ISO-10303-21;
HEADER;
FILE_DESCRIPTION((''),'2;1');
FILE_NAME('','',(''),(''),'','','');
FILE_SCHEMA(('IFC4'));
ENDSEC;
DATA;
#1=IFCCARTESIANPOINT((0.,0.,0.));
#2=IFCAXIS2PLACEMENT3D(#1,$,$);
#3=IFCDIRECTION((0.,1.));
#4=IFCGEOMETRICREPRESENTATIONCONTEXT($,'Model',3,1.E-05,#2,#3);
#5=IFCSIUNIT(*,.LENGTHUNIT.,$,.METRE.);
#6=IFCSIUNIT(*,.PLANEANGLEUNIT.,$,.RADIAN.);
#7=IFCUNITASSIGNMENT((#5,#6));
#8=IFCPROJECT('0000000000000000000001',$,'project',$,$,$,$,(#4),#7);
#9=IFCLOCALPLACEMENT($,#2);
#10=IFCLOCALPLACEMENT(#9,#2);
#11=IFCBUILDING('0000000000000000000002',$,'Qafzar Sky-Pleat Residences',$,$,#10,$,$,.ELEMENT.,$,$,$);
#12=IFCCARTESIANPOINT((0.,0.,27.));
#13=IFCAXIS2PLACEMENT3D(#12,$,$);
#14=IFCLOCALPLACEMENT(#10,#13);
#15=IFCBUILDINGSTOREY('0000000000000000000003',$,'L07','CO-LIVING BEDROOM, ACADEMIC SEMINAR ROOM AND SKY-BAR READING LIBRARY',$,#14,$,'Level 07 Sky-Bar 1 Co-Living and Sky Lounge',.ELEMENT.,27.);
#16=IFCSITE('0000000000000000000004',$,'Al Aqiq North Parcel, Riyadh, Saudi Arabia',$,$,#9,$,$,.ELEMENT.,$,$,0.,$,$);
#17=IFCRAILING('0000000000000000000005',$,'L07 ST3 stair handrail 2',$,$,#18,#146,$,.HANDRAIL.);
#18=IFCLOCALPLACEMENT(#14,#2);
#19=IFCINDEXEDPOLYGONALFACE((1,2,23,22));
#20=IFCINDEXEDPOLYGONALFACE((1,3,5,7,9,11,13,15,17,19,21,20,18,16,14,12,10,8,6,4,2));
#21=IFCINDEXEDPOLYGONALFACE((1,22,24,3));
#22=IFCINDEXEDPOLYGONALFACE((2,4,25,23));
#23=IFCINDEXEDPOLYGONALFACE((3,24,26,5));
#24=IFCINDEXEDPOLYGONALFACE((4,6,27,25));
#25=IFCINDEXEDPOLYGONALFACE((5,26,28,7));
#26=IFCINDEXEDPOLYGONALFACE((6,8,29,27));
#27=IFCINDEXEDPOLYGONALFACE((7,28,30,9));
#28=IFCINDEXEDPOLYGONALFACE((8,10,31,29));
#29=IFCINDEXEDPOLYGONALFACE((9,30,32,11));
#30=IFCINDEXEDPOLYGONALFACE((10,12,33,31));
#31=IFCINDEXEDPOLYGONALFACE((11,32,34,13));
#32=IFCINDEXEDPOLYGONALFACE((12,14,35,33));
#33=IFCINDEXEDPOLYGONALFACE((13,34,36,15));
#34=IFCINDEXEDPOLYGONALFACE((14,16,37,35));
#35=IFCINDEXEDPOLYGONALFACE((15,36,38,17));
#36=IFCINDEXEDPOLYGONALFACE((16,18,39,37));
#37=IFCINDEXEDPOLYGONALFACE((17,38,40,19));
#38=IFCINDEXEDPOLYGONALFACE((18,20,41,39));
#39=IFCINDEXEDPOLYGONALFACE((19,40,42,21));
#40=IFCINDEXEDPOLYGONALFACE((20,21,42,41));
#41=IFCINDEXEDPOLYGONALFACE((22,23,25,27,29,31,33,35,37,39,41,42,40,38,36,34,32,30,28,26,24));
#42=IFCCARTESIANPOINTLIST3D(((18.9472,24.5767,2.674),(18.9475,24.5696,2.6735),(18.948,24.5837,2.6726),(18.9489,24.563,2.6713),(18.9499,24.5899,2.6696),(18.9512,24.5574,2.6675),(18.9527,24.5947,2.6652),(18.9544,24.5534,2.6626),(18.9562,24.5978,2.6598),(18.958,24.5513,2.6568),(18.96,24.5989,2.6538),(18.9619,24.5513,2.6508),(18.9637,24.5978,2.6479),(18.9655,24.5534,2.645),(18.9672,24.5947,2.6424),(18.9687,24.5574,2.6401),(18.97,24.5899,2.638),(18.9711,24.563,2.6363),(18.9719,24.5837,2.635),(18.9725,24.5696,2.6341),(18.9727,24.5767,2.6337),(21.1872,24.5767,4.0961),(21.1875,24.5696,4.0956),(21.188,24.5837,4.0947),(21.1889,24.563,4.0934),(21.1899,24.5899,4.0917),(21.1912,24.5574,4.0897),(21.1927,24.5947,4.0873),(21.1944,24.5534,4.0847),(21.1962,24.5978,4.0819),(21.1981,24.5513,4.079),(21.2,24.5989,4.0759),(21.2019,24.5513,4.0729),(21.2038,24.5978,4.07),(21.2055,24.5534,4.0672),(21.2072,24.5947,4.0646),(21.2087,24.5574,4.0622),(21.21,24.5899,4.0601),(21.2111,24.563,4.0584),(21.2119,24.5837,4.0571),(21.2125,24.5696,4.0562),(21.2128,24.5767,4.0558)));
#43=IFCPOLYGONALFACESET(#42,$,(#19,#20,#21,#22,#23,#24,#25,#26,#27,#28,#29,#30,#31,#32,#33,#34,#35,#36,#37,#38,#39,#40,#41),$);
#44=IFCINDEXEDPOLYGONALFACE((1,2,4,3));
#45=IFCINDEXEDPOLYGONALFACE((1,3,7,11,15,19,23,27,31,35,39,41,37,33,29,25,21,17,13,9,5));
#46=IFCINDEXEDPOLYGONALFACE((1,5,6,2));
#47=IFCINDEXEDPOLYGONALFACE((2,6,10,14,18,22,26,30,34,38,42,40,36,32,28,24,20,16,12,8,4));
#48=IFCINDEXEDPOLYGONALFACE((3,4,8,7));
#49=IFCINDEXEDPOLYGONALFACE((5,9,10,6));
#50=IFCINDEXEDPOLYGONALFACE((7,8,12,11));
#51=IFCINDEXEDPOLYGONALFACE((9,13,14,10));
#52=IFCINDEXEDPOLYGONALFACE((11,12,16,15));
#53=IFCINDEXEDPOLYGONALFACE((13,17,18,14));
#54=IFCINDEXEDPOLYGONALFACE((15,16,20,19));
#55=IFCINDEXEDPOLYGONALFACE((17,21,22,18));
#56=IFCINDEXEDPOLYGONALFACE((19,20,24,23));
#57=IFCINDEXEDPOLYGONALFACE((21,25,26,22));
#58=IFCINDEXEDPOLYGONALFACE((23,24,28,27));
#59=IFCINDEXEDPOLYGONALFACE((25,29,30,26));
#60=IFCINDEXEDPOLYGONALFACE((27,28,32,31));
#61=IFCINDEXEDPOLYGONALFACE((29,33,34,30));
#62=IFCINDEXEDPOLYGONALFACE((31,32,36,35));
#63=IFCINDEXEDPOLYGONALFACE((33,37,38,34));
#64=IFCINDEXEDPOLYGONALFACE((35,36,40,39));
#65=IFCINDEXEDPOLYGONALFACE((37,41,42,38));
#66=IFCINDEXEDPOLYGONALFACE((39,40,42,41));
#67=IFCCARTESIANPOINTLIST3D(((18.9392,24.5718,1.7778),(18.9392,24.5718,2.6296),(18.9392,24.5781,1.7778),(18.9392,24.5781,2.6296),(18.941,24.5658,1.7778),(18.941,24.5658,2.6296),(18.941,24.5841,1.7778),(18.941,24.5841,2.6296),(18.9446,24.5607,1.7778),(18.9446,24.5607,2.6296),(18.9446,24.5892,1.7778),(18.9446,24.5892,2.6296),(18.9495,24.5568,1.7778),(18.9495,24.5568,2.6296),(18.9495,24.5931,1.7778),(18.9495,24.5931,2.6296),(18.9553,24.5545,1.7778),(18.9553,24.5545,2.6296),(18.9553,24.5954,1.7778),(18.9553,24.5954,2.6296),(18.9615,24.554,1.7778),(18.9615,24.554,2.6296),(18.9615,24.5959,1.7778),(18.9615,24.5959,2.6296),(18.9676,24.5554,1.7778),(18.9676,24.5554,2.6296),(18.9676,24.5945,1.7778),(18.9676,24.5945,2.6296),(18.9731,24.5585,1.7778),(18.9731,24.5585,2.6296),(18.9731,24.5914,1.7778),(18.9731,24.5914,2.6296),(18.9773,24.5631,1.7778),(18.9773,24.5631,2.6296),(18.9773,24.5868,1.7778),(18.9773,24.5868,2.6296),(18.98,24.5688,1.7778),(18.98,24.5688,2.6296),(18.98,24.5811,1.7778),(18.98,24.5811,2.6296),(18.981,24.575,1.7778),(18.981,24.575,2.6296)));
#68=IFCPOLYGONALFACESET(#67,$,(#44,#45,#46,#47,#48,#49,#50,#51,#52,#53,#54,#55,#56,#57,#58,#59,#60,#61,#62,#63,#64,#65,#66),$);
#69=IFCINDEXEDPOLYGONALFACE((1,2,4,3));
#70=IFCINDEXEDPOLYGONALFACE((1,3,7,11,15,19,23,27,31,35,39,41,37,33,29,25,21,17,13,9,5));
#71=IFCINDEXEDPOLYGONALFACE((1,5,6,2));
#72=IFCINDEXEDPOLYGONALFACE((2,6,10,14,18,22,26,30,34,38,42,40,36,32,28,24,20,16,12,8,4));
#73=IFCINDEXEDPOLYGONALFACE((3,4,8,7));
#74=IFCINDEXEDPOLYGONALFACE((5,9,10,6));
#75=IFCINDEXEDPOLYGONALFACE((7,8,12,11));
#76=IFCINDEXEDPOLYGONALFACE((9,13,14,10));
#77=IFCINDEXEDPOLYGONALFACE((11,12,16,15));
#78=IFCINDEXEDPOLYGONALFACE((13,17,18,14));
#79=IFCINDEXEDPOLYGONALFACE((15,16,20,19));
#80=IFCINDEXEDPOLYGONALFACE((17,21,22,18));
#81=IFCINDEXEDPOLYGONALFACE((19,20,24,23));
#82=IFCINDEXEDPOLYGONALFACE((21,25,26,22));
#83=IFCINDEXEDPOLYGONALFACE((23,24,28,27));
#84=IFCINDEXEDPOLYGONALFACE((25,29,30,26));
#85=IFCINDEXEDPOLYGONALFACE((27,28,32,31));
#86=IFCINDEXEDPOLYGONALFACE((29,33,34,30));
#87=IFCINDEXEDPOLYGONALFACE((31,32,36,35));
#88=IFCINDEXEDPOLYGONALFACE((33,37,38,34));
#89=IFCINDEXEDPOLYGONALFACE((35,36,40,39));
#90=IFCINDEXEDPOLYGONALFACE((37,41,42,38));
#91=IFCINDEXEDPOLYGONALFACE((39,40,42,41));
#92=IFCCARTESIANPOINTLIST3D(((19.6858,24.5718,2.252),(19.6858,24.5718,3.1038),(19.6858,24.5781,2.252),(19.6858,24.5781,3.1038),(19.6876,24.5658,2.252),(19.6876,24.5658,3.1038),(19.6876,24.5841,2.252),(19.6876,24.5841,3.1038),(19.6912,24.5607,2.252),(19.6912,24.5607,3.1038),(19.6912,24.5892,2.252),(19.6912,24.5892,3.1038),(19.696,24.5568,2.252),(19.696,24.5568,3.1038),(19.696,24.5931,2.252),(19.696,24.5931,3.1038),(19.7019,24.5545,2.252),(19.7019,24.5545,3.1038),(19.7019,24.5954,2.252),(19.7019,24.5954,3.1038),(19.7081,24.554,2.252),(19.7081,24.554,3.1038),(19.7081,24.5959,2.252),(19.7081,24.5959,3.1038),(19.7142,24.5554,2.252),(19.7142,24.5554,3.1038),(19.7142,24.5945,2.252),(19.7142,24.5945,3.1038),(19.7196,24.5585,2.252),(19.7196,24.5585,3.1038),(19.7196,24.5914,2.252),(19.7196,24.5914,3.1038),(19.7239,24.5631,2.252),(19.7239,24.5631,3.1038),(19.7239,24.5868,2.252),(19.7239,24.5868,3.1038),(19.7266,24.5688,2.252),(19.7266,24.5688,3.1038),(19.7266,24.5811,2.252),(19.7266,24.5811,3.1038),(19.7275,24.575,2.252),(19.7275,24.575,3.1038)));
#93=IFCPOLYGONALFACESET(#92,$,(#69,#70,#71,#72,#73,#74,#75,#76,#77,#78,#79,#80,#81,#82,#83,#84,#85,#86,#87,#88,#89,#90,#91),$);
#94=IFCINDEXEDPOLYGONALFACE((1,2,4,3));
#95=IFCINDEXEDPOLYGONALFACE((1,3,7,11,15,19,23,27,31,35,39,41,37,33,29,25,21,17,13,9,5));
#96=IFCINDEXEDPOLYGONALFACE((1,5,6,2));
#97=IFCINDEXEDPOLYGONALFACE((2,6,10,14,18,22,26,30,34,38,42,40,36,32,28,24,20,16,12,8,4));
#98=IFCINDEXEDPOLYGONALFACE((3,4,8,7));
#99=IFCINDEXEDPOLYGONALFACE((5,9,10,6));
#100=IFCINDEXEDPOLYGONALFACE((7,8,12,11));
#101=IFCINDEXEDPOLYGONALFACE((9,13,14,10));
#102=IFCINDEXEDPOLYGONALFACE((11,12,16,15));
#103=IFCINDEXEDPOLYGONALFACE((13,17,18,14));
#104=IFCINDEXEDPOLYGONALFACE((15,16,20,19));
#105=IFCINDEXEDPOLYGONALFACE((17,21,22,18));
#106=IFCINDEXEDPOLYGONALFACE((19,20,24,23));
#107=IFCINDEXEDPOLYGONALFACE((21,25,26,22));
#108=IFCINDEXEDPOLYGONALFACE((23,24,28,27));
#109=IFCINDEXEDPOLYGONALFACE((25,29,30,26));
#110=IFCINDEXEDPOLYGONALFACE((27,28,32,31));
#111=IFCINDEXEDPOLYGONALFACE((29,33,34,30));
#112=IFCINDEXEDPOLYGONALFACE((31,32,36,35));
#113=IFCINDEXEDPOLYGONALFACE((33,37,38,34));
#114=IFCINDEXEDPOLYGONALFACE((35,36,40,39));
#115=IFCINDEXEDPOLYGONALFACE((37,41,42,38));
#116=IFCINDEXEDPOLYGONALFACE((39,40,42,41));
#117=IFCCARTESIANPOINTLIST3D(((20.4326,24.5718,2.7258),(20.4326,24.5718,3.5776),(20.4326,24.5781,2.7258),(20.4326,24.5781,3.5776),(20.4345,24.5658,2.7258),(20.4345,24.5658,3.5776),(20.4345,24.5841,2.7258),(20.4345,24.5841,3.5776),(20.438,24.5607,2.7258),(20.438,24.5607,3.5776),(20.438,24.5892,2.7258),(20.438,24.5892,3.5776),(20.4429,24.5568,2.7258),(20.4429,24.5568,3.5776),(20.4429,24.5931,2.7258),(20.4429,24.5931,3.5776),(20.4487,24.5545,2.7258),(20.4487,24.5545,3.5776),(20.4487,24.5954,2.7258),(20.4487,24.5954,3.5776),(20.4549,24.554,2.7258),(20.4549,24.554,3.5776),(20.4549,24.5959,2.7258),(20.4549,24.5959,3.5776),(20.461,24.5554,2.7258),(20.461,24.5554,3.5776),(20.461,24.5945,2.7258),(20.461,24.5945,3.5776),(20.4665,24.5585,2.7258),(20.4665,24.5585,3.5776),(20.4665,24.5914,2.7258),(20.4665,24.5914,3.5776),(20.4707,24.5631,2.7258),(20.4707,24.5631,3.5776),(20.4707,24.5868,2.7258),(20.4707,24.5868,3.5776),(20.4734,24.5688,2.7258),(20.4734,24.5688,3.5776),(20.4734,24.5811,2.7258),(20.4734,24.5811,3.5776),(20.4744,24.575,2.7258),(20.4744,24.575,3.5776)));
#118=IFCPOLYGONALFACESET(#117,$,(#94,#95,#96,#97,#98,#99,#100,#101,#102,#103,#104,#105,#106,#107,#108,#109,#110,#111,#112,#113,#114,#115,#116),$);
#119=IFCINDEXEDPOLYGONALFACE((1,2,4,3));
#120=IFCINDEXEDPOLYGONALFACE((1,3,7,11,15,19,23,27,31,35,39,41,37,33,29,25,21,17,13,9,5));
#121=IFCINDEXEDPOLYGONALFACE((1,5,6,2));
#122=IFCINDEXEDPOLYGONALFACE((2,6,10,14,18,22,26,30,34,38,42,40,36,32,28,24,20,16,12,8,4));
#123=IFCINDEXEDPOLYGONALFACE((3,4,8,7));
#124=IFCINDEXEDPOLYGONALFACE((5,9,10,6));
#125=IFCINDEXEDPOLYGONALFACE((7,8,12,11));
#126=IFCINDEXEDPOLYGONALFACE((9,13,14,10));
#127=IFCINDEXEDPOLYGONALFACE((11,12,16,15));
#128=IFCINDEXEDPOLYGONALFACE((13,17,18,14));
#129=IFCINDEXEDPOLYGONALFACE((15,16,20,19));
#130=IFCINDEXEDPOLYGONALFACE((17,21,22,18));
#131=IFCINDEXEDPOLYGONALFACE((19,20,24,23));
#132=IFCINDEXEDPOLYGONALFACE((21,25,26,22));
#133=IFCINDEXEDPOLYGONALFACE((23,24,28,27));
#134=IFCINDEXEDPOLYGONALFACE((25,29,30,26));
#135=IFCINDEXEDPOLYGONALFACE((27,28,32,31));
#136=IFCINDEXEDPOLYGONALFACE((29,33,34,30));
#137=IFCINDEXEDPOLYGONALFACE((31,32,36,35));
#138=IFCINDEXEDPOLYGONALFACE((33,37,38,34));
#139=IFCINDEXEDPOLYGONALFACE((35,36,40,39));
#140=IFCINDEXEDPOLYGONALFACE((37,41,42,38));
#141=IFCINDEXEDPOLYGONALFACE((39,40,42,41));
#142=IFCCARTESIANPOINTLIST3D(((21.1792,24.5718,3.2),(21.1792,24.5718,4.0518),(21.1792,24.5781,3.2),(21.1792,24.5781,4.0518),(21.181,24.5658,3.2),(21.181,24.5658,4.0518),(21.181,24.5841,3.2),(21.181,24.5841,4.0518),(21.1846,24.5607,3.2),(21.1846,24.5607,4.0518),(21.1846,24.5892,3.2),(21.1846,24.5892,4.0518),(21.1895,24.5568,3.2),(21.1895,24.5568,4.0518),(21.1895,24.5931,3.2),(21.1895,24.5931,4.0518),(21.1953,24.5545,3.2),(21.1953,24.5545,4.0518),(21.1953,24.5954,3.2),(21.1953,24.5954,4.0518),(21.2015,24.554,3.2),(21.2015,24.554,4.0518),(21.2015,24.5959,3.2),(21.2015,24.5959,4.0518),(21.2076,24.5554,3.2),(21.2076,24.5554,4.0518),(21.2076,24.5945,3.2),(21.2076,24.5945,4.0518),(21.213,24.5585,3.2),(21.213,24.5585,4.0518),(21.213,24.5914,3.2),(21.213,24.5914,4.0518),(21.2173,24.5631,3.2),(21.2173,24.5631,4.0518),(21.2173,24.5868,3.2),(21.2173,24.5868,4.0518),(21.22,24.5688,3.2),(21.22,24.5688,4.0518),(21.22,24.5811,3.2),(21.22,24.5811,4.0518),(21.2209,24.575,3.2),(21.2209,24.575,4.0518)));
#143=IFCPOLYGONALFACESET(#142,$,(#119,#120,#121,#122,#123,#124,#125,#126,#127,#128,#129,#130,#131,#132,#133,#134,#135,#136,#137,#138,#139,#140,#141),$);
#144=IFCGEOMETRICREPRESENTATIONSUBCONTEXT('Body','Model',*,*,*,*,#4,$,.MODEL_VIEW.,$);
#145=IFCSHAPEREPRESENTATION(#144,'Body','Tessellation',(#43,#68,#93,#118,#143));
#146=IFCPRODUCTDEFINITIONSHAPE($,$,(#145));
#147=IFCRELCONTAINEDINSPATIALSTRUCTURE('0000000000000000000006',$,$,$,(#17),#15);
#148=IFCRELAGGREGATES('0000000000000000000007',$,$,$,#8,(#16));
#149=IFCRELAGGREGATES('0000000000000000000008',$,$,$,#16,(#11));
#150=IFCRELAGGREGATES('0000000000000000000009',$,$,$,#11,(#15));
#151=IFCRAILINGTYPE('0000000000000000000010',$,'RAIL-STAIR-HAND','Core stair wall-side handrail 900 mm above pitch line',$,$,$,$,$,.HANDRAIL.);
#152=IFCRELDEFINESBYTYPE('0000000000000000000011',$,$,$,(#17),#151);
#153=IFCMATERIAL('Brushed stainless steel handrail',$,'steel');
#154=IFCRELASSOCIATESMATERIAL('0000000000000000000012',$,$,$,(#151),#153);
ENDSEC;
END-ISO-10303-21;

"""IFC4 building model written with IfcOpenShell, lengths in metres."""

from ifc_helpers import new_model, si_unit, direction, frame, origin, origin_2d, place, context, subcontext, project, spatial, circle, extrude, source, transform, mapped, material, type_object, element, save


model = new_model("IFC4")

# Units and contexts
model_context = context("Model", 3, precision=1e-05, world=origin(), true_north=direction((0.0, 1.0)))
body_context = subcontext(model_context, "Body", "Model", "MODEL_VIEW")
ifc_project = project(units=[si_unit("LENGTHUNIT", "METRE"), si_unit("PLANEANGLEUNIT", "RADIAN")], contexts=[model_context])

# Site, building, storey
site_placement = place(None, origin())
site = spatial("IfcSite", under=ifc_project, at=site_placement, Name="Al Aqiq North Parcel, Riyadh, Saudi Arabia", CompositionType="ELEMENT", RefElevation=0.0)
building_placement = place(site_placement, origin())
building = spatial("IfcBuilding", under=site, at=building_placement, Name="Qafzar Sky-Pleat Residences", CompositionType="ELEMENT")
storey_placement = place(building_placement, frame((0.0, 0.0, 27.0)))
storey = spatial("IfcBuildingStorey", under=building, at=storey_placement, Name="L07", Description="CO-LIVING BEDROOM, ACADEMIC SEMINAR ROOM AND SKY-BAR READING LIBRARY", LongName="Level 07 Sky-Bar 1 Co-Living and Sky Lounge", CompositionType="ELEMENT", Elevation=27.0)

# Railing
ifc_material_1 = material(Name="Brushed stainless steel handrail", Category="steel")
railing_type_1 = type_object("IfcRailingType", Name="RAIL-STAIR-HAND", Description="Core stair wall-side handrail 900 mm above pitch line", PredefinedType="HANDRAIL", material=ifc_material_1)
shared_shape_1 = source(origin(), body_context, "Body", "SweptSolid", [
    extrude(circle(Radius=0.0239, at=origin_2d()), frame((0.0, 0.0, 0.876), z_axis=(0.844229, 0.0, 0.535982), x_axis=(0.0, 1.0, 0.0)), (0.0, 0.0, 1.0), 2.6533),
    extrude(circle(Radius=0.021, at=origin_2d()), origin(), (0.0, 0.0, 1.0), 0.8518),
    extrude(circle(Radius=0.021, at=origin_2d()), frame((0.7466, 0.0, 0.4741)), (0.0, 0.0, 1.0), 0.8518),
    extrude(circle(Radius=0.021, at=origin_2d()), frame((1.4934, 0.0, 0.948)), (0.0, 0.0, 1.0), 0.8518),
    extrude(circle(Radius=0.021, at=origin_2d()), frame((2.24, 0.0, 1.4221)), (0.0, 0.0, 1.0), 0.8518),
])
railing_1_placement = place(storey_placement, frame((18.96, 24.575, 1.7778)))
element("IfcRailing", 1, at=railing_1_placement, inside=storey, type_object=railing_type_1, Name="L07 ST3 stair handrail 2", PredefinedType="HANDRAIL", context=body_context, shape_type="MappedRepresentation", body=[
    mapped(shared_shape_1, transform((0.0, 0.0, 0.0), x_axis=(1.0, 0.0, 0.0), y_axis=(0.0, 1.0, 0.0), z_axis=(0.0, 0.0, 1.0), scale=1.0)),
])

save(model, "model.ifc")
